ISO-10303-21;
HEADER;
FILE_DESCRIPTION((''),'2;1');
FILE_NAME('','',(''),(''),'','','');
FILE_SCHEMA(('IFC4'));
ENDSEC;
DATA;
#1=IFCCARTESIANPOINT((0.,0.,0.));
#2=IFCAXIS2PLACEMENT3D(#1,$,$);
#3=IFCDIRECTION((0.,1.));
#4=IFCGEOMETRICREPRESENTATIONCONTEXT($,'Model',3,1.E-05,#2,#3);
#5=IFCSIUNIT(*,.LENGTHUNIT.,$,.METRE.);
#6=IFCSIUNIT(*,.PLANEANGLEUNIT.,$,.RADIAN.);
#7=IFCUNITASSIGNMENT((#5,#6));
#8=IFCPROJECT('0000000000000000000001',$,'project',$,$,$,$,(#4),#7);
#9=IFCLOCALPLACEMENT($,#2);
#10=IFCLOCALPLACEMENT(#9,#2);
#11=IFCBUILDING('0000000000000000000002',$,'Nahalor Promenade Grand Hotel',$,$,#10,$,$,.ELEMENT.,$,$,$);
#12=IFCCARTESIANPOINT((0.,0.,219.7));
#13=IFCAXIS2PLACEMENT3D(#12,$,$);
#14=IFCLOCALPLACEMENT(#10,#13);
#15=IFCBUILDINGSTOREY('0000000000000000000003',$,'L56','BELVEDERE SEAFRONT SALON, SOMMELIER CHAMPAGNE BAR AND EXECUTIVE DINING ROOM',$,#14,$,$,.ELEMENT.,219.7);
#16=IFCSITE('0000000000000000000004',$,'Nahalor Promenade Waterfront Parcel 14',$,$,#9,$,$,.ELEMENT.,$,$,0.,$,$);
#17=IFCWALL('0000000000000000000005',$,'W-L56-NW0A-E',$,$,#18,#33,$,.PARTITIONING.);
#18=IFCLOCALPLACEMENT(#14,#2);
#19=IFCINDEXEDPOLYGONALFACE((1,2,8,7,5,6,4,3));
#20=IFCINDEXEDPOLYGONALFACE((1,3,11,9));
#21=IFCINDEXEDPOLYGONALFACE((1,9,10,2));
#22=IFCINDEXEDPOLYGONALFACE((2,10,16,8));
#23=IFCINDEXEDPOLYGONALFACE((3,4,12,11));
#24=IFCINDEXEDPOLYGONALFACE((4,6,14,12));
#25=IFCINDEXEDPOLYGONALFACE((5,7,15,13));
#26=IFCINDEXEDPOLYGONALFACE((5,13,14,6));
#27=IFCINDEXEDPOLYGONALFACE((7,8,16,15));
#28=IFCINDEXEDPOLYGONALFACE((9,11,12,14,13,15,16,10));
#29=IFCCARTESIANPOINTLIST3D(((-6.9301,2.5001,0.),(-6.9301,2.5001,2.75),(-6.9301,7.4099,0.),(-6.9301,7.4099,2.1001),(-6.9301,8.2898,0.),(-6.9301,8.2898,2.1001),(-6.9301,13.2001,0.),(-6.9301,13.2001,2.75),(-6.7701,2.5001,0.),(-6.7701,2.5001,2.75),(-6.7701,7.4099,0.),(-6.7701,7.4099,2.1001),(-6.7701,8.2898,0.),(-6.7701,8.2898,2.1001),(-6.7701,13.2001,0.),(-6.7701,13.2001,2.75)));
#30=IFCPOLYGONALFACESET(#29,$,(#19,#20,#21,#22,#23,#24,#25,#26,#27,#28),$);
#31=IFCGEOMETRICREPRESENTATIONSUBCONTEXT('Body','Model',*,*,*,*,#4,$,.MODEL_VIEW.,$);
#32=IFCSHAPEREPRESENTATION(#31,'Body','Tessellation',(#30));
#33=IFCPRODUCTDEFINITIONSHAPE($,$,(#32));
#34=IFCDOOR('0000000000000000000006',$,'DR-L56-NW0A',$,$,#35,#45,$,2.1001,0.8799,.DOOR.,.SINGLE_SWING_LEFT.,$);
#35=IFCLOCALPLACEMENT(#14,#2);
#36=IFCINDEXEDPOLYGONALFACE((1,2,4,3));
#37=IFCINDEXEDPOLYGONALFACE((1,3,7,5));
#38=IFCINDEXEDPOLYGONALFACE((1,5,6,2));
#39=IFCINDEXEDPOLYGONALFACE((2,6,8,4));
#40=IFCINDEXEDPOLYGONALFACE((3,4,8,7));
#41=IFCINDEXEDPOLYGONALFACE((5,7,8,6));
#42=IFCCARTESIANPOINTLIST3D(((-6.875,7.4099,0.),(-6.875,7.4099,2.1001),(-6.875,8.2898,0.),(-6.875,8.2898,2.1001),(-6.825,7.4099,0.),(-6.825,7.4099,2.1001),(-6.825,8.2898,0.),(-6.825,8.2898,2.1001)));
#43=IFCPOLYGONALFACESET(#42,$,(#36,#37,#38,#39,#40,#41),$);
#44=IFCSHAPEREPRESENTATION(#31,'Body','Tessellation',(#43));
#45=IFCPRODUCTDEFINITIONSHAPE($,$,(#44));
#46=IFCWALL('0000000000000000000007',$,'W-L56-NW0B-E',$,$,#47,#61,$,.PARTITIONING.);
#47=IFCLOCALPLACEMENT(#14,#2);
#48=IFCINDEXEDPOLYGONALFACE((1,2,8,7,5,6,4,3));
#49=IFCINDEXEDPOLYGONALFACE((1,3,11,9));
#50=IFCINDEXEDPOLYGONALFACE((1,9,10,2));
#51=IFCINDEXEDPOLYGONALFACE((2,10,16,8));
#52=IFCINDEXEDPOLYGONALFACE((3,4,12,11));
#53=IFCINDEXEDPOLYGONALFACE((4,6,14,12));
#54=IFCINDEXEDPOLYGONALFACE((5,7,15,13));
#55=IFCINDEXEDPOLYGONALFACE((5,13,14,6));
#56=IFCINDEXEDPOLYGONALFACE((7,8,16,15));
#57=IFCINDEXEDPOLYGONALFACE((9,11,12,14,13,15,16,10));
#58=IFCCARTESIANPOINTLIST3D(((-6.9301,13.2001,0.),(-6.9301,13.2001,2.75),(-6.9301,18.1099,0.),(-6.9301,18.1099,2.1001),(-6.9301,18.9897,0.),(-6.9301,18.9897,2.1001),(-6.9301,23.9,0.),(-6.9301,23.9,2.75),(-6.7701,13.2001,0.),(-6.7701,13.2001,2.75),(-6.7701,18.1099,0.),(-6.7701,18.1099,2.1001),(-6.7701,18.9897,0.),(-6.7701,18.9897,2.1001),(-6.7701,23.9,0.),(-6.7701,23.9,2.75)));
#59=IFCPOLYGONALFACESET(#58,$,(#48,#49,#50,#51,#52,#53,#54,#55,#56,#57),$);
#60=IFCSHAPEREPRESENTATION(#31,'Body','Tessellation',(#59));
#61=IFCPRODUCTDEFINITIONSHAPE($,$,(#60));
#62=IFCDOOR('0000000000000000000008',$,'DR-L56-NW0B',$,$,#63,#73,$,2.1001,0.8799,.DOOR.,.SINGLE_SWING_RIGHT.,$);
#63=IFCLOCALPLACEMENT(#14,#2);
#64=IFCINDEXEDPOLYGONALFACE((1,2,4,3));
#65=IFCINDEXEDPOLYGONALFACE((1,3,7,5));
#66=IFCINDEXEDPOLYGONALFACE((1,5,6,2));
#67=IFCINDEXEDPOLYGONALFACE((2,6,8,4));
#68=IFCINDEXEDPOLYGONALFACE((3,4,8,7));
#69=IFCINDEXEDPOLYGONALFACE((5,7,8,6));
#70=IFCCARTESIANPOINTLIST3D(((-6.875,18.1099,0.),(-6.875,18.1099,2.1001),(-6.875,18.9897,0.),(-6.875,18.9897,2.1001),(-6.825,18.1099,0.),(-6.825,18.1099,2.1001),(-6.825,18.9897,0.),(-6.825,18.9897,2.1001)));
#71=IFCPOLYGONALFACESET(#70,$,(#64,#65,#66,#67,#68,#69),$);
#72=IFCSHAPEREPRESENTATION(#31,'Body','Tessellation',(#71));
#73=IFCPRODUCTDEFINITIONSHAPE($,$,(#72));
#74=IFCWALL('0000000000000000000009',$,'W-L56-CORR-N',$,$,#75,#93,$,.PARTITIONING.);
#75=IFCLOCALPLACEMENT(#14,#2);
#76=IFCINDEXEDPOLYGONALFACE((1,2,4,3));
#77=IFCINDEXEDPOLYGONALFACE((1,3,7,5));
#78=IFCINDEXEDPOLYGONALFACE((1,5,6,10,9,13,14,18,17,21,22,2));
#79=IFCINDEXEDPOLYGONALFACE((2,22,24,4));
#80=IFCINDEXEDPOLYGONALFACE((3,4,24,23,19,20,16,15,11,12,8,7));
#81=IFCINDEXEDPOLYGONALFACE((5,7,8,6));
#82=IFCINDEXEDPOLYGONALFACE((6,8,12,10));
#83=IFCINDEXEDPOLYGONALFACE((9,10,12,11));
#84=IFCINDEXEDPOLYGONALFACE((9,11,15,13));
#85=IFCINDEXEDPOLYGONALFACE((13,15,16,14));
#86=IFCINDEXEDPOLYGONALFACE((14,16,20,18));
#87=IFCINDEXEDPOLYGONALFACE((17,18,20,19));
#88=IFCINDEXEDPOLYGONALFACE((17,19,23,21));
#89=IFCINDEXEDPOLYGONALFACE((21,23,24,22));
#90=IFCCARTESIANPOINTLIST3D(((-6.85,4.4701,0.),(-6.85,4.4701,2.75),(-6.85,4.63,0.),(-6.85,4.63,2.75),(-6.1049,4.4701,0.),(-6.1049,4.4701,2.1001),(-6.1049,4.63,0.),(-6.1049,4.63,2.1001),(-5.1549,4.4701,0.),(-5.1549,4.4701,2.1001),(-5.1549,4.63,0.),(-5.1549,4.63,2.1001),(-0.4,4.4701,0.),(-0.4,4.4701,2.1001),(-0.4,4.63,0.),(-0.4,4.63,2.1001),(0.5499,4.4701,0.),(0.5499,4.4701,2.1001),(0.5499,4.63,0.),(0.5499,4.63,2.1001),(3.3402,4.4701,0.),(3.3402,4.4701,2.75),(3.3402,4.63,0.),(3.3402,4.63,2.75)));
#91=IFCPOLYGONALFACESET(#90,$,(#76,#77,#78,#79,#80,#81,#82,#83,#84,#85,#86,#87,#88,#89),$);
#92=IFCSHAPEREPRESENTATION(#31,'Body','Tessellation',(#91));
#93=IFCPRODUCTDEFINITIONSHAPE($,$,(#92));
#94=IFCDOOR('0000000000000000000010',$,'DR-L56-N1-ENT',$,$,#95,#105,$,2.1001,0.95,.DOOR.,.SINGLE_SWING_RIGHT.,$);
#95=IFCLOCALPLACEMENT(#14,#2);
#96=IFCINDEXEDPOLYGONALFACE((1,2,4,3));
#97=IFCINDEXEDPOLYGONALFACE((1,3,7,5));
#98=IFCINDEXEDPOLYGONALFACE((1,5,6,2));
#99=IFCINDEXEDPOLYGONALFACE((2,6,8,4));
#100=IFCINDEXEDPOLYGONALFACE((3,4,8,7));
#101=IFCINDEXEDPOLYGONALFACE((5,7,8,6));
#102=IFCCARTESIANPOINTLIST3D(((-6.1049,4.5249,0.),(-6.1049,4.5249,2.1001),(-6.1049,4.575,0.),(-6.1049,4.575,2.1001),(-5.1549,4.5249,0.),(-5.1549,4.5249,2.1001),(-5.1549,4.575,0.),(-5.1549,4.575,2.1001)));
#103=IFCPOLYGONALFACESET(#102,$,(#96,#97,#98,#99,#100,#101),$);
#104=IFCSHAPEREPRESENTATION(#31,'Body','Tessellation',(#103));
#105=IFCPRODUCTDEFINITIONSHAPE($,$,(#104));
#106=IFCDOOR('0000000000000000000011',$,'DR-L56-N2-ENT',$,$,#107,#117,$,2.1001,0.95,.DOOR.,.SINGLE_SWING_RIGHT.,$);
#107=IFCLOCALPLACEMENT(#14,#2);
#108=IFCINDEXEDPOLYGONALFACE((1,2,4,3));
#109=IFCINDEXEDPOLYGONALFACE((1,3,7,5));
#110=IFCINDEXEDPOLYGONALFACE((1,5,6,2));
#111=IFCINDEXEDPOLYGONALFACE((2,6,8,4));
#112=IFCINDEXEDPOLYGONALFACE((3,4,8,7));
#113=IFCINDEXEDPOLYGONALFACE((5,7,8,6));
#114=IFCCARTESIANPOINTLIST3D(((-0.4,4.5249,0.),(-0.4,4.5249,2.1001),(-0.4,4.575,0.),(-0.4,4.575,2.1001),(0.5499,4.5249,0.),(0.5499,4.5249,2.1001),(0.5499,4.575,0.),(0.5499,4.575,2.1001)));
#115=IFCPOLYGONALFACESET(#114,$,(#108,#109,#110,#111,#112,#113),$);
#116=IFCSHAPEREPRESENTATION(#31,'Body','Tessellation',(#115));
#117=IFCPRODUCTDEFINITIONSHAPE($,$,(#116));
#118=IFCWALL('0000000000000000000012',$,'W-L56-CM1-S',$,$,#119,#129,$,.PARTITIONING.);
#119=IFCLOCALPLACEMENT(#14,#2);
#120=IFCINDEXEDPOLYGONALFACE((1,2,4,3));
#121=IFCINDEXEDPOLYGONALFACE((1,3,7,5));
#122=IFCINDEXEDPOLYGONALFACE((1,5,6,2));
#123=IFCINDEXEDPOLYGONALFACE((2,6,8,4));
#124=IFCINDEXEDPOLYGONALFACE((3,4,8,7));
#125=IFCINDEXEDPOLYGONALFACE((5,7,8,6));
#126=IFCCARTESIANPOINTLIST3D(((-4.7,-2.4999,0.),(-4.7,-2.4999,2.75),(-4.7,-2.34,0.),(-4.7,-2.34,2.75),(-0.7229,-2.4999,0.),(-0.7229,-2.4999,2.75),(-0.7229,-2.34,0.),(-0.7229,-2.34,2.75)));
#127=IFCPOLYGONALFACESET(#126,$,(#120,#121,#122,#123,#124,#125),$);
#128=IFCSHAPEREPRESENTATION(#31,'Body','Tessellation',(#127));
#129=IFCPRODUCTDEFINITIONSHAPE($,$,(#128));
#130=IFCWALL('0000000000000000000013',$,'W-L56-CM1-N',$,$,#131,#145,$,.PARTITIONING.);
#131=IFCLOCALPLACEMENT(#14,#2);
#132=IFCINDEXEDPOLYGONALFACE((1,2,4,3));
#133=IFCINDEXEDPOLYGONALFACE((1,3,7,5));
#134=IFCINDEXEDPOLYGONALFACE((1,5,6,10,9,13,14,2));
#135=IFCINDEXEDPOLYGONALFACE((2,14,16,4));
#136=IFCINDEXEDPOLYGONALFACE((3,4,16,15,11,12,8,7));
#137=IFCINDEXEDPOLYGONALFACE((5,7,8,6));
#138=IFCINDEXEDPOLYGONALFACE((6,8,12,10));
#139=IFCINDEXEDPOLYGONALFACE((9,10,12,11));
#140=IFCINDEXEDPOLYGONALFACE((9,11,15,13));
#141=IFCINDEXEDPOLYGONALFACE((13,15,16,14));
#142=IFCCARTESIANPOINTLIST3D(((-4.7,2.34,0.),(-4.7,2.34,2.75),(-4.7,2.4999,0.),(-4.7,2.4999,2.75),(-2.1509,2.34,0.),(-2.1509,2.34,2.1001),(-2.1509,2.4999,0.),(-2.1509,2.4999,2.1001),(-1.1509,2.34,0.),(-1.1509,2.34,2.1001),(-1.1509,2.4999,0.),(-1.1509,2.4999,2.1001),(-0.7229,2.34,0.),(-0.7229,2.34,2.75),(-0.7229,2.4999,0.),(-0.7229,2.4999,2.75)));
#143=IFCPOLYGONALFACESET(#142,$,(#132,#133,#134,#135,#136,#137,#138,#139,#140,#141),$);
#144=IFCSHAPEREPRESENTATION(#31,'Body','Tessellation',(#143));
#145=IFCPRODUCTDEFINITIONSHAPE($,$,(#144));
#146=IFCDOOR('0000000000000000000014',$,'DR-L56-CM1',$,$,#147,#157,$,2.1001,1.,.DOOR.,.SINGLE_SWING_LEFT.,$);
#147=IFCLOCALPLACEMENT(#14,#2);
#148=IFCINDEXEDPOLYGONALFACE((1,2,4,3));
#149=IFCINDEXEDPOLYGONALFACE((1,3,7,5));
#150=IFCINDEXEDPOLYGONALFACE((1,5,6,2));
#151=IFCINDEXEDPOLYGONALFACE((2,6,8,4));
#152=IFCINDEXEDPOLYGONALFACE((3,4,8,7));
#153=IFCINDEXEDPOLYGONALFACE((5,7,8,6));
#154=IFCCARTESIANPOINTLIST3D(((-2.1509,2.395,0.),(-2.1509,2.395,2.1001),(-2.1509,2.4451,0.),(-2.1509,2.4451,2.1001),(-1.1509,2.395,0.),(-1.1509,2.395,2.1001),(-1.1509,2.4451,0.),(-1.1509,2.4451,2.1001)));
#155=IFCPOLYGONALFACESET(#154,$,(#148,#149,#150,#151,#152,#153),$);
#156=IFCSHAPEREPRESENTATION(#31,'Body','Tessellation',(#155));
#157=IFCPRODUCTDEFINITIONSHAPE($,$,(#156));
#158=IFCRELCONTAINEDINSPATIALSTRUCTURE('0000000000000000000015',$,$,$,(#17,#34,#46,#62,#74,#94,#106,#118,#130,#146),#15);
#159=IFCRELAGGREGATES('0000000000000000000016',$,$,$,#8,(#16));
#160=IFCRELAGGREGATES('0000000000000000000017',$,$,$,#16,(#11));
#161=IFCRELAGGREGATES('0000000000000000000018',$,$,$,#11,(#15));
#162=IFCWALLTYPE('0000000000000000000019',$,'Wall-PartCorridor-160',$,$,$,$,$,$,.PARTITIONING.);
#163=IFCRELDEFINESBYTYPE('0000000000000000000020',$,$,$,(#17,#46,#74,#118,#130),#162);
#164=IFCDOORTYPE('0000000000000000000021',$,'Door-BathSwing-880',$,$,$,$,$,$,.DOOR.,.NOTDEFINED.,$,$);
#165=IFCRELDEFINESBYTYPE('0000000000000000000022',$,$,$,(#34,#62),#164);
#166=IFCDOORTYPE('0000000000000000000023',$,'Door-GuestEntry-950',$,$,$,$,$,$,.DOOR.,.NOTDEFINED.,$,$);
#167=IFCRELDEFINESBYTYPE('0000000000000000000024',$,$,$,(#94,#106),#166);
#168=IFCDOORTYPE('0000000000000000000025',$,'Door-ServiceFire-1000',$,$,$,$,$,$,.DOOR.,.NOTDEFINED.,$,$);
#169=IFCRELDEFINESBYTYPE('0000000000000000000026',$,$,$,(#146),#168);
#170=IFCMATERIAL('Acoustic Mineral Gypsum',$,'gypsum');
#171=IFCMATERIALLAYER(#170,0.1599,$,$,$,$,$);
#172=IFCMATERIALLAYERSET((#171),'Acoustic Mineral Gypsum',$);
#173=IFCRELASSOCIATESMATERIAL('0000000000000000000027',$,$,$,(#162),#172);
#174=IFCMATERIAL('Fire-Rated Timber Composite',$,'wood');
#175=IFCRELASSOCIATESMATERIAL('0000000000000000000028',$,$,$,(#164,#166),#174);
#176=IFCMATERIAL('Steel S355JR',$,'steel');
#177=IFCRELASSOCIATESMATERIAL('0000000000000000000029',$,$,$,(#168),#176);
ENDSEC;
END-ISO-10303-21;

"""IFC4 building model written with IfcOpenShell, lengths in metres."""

from ifc_helpers import new_model, si_unit, direction, frame, frame_2d, origin, place, context, subcontext, project, spatial, rectangle, extrude, source, transform, mapped, material, layer, layer_set, type_object, element, fill, save


model = new_model("IFC4")

# Units and contexts
model_context = context("Model", 3, precision=1e-05, world=origin(), true_north=direction((0.0, 1.0)))
body_context = subcontext(model_context, "Body", "Model", "MODEL_VIEW")
ifc_project = project(units=[si_unit("LENGTHUNIT", "METRE"), si_unit("PLANEANGLEUNIT", "RADIAN")], contexts=[model_context])

# Site, building, storey
site_placement = place(None, origin())
site = spatial("IfcSite", under=ifc_project, at=site_placement, Name="Nahalor Promenade Waterfront Parcel 14", CompositionType="ELEMENT", RefElevation=0.0)
building_placement = place(site_placement, origin())
building = spatial("IfcBuilding", under=site, at=building_placement, Name="Nahalor Promenade Grand Hotel", CompositionType="ELEMENT")
storey_placement = place(building_placement, frame((0.0, 0.0, 219.7)))
storey = spatial("IfcBuildingStorey", under=building, at=storey_placement, Name="L56", Description="BELVEDERE SEAFRONT SALON, SOMMELIER CHAMPAGNE BAR AND EXECUTIVE DINING ROOM", CompositionType="ELEMENT", Elevation=219.7)

# Shared definitions
ifc_material_1 = material(Name="Steel S355JR", Category="steel")

# Shared definitions
ifc_material_2 = material(Name="Acoustic Mineral Gypsum", Category="gypsum")
ifc_layer_1 = layer(ifc_material_2, 0.1599)
ifc_layer_set_1 = layer_set([ifc_layer_1], Name="Acoustic Mineral Gypsum")
wall_type_1 = type_object("IfcWallType", Name="Wall-PartCorridor-160", PredefinedType="PARTITIONING", material=ifc_layer_set_1)

# Walls, openings, doors
shared_shape_1 = source(origin(), body_context, "Body", "SweptSolid", [
    extrude(rectangle(XDim=10.7, YDim=0.1599, at=frame_2d((5.3501, 0.0))), origin(), (0.0, 0.0, 1.0), 2.75),
])
wall_1_placement = place(storey_placement, frame((-6.8501, 2.5, 0.0), z_axis=(0.0, 0.0, 1.0), x_axis=(0.0, 1.0, 0.0)))
wall_1 = element("IfcWall", 1, at=wall_1_placement, inside=storey, type_object=wall_type_1, Name="W-L56-NW0A-E", PredefinedType="PARTITIONING", context=body_context, shape_type="MappedRepresentation", body=[
    mapped(shared_shape_1, transform((0.0, 0.0, 0.0), scale=1.0)),
])
opening_1_placement = place(wall_1_placement, frame((4.9099, 0.0, 0.0)))
opening_1 = element("IfcOpeningElement", 2, at=opening_1_placement, cuts=wall_1, PredefinedType="OPENING", context=body_context, shape_type="SweptSolid", body=[
    extrude(rectangle(XDim=0.8799, YDim=2.1001, at=frame_2d((0.4399, 1.05))), frame((0.0, 0.0898, 0.0), z_axis=(0.0, -1.0, 0.0), x_axis=(1.0, 0.0, 0.0)), (0.0, 0.0, 1.0), 0.1799),
])
ifc_material_3 = material(Name="Fire-Rated Timber Composite", Category="wood")
door_type_1 = type_object("IfcDoorType", Name="Door-BathSwing-880", OperationType="NOTDEFINED", PredefinedType="DOOR", material=ifc_material_3)
shared_shape_2 = source(origin(), body_context, "Body", "SweptSolid", [
    extrude(rectangle(XDim=0.8799, YDim=2.1001, at=frame_2d((0.4399, 1.05))), frame((0.0, 0.0249, 0.0), z_axis=(0.0, -1.0, 0.0), x_axis=(1.0, 0.0, 0.0)), (0.0, 0.0, 1.0), 0.05),
])
door_1_placement = place(opening_1_placement, origin())
door_1 = element("IfcDoor", 3, at=door_1_placement, inside=storey, type_object=door_type_1, Name="DR-L56-NW0A", OperationType="SINGLE_SWING_LEFT", OverallHeight=2.1001, OverallWidth=0.8799, PredefinedType="DOOR", context=body_context, shape_type="MappedRepresentation", body=[
    mapped(shared_shape_2, transform((0.0, 0.0, 0.0), scale=1.0)),
])
fill(opening_1, door_1)
wall_2_placement = place(storey_placement, frame((-6.8501, 13.2, 0.0), z_axis=(0.0, 0.0, 1.0), x_axis=(0.0, 1.0, 0.0)))
wall_2 = element("IfcWall", 4, at=wall_2_placement, inside=storey, type_object=wall_type_1, Name="W-L56-NW0B-E", PredefinedType="PARTITIONING", context=body_context, shape_type="MappedRepresentation", body=[
    mapped(shared_shape_1, transform((0.0, 0.0, 0.0), scale=1.0)),
])
opening_2_placement = place(wall_2_placement, frame((4.9099, 0.0, 0.0)))
opening_2 = element("IfcOpeningElement", 5, at=opening_2_placement, cuts=wall_2, PredefinedType="OPENING", context=body_context, shape_type="SweptSolid", body=[
    extrude(rectangle(XDim=0.8799, YDim=2.1001, at=frame_2d((0.4399, 1.05))), frame((0.0, 0.0898, 0.0), z_axis=(0.0, -1.0, 0.0), x_axis=(1.0, 0.0, 0.0)), (0.0, 0.0, 1.0), 0.1799),
])
door_2_placement = place(opening_2_placement, origin())
door_2 = element("IfcDoor", 6, at=door_2_placement, inside=storey, type_object=door_type_1, Name="DR-L56-NW0B", OperationType="SINGLE_SWING_RIGHT", OverallHeight=2.1001, OverallWidth=0.8799, PredefinedType="DOOR", context=body_context, shape_type="MappedRepresentation", body=[
    mapped(shared_shape_2, transform((0.0, 0.0, 0.0), scale=1.0)),
])
fill(opening_2, door_2)

# Wall, openings, doors
shared_shape_3 = source(origin(), body_context, "Body", "SweptSolid", [
    extrude(rectangle(XDim=10.1902, YDim=0.1599, at=frame_2d((5.0952, 0.0))), origin(), (0.0, 0.0, 1.0), 2.75),
])
wall_3_placement = place(storey_placement, frame((-6.8501, 4.55, 0.0), z_axis=(0.0, 0.0, 1.0), x_axis=(1.0, 0.0, 0.0)))
wall_3 = element("IfcWall", 7, at=wall_3_placement, inside=storey, type_object=wall_type_1, Name="W-L56-CORR-N", PredefinedType="PARTITIONING", context=body_context, shape_type="MappedRepresentation", body=[
    mapped(shared_shape_3, transform((0.0, 0.0, 0.0), scale=1.0)),
])
opening_3_placement = place(wall_3_placement, frame((0.7451, 0.0, 0.0)))
opening_3 = element("IfcOpeningElement", 8, at=opening_3_placement, cuts=wall_3, PredefinedType="OPENING", context=body_context, shape_type="SweptSolid", body=[
    extrude(rectangle(XDim=0.95, YDim=2.1001, at=frame_2d((0.4751, 1.05))), frame((0.0, 0.0898, 0.0), z_axis=(0.0, -1.0, 0.0), x_axis=(1.0, 0.0, 0.0)), (0.0, 0.0, 1.0), 0.1799),
])
opening_4_placement = place(wall_3_placement, frame((6.45, 0.0, 0.0)))
opening_4 = element("IfcOpeningElement", 9, at=opening_4_placement, cuts=wall_3, PredefinedType="OPENING", context=body_context, shape_type="SweptSolid", body=[
    extrude(rectangle(XDim=0.95, YDim=2.1001, at=frame_2d((0.4751, 1.05))), frame((0.0, 0.0898, 0.0), z_axis=(0.0, -1.0, 0.0), x_axis=(1.0, 0.0, 0.0)), (0.0, 0.0, 1.0), 0.1799),
])
door_type_2 = type_object("IfcDoorType", Name="Door-GuestEntry-950", OperationType="NOTDEFINED", PredefinedType="DOOR", material=ifc_material_3)
shared_shape_4 = source(origin(), body_context, "Body", "SweptSolid", [
    extrude(rectangle(XDim=0.95, YDim=2.1001, at=frame_2d((0.4751, 1.05))), frame((0.0, 0.0249, 0.0), z_axis=(0.0, -1.0, 0.0), x_axis=(1.0, 0.0, 0.0)), (0.0, 0.0, 1.0), 0.05),
])
door_3_placement = place(opening_3_placement, origin())
door_3 = element("IfcDoor", 10, at=door_3_placement, inside=storey, type_object=door_type_2, Name="DR-L56-N1-ENT", OperationType="SINGLE_SWING_RIGHT", OverallHeight=2.1001, OverallWidth=0.95, PredefinedType="DOOR", context=body_context, shape_type="MappedRepresentation", body=[
    mapped(shared_shape_4, transform((0.0, 0.0, 0.0), scale=1.0)),
])
fill(opening_3, door_3)
door_4_placement = place(opening_4_placement, origin())
door_4 = element("IfcDoor", 11, at=door_4_placement, inside=storey, type_object=door_type_2, Name="DR-L56-N2-ENT", OperationType="SINGLE_SWING_RIGHT", OverallHeight=2.1001, OverallWidth=0.95, PredefinedType="DOOR", context=body_context, shape_type="MappedRepresentation", body=[
    mapped(shared_shape_4, transform((0.0, 0.0, 0.0), scale=1.0)),
])
fill(opening_4, door_4)

# Wall
shared_shape_5 = source(origin(), body_context, "Body", "SweptSolid", [
    extrude(rectangle(XDim=3.9771, YDim=0.1599, at=frame_2d((1.9885, 0.0))), origin(), (0.0, 0.0, 1.0), 2.75),
])
wall_4_placement = place(storey_placement, frame((-4.7, -2.4199, 0.0), z_axis=(0.0, 0.0, 1.0), x_axis=(1.0, 0.0, 0.0)))
element("IfcWall", 12, at=wall_4_placement, inside=storey, type_object=wall_type_1, Name="W-L56-CM1-S", PredefinedType="PARTITIONING", context=body_context, shape_type="MappedRepresentation", body=[
    mapped(shared_shape_5, transform((0.0, 0.0, 0.0), scale=1.0)),
])

# Wall, opening, door
wall_5_placement = place(storey_placement, frame((-4.7, 2.4199, 0.0), z_axis=(0.0, 0.0, 1.0), x_axis=(1.0, 0.0, 0.0)))
wall_5 = element("IfcWall", 13, at=wall_5_placement, inside=storey, type_object=wall_type_1, Name="W-L56-CM1-N", PredefinedType="PARTITIONING", context=body_context, shape_type="MappedRepresentation", body=[
    mapped(shared_shape_5, transform((0.0, 0.0, 0.0), scale=1.0)),
])
opening_5_placement = place(wall_5_placement, frame((2.5491, 0.0, 0.0)))
opening_5 = element("IfcOpeningElement", 14, at=opening_5_placement, cuts=wall_5, PredefinedType="OPENING", context=body_context, shape_type="SweptSolid", body=[
    extrude(rectangle(XDim=1.0, YDim=2.1001, at=frame_2d((0.5, 1.05))), frame((0.0, 0.0898, 0.0), z_axis=(0.0, -1.0, 0.0), x_axis=(1.0, 0.0, 0.0)), (0.0, 0.0, 1.0), 0.1799),
])
door_type_3 = type_object("IfcDoorType", Name="Door-ServiceFire-1000", OperationType="NOTDEFINED", PredefinedType="DOOR", material=ifc_material_1)
shared_shape_6 = source(origin(), body_context, "Body", "SweptSolid", [
    extrude(rectangle(XDim=1.0, YDim=2.1001, at=frame_2d((0.5, 1.05))), frame((0.0, 0.0249, 0.0), z_axis=(0.0, -1.0, 0.0), x_axis=(1.0, 0.0, 0.0)), (0.0, 0.0, 1.0), 0.05),
])
door_5_placement = place(opening_5_placement, frame((1.0, 0.0, 0.0), z_axis=(0.0, 0.0, 1.0), x_axis=(-1.0, 0.0, 0.0)))
door_5 = element("IfcDoor", 15, at=door_5_placement, inside=storey, type_object=door_type_3, Name="DR-L56-CM1", OperationType="SINGLE_SWING_LEFT", OverallHeight=2.1001, OverallWidth=1.0, PredefinedType="DOOR", context=body_context, shape_type="MappedRepresentation", body=[
    mapped(shared_shape_6, transform((0.0, 0.0, 0.0), scale=1.0)),
])
fill(opening_5, door_5)

save(model, "model.ifc")
